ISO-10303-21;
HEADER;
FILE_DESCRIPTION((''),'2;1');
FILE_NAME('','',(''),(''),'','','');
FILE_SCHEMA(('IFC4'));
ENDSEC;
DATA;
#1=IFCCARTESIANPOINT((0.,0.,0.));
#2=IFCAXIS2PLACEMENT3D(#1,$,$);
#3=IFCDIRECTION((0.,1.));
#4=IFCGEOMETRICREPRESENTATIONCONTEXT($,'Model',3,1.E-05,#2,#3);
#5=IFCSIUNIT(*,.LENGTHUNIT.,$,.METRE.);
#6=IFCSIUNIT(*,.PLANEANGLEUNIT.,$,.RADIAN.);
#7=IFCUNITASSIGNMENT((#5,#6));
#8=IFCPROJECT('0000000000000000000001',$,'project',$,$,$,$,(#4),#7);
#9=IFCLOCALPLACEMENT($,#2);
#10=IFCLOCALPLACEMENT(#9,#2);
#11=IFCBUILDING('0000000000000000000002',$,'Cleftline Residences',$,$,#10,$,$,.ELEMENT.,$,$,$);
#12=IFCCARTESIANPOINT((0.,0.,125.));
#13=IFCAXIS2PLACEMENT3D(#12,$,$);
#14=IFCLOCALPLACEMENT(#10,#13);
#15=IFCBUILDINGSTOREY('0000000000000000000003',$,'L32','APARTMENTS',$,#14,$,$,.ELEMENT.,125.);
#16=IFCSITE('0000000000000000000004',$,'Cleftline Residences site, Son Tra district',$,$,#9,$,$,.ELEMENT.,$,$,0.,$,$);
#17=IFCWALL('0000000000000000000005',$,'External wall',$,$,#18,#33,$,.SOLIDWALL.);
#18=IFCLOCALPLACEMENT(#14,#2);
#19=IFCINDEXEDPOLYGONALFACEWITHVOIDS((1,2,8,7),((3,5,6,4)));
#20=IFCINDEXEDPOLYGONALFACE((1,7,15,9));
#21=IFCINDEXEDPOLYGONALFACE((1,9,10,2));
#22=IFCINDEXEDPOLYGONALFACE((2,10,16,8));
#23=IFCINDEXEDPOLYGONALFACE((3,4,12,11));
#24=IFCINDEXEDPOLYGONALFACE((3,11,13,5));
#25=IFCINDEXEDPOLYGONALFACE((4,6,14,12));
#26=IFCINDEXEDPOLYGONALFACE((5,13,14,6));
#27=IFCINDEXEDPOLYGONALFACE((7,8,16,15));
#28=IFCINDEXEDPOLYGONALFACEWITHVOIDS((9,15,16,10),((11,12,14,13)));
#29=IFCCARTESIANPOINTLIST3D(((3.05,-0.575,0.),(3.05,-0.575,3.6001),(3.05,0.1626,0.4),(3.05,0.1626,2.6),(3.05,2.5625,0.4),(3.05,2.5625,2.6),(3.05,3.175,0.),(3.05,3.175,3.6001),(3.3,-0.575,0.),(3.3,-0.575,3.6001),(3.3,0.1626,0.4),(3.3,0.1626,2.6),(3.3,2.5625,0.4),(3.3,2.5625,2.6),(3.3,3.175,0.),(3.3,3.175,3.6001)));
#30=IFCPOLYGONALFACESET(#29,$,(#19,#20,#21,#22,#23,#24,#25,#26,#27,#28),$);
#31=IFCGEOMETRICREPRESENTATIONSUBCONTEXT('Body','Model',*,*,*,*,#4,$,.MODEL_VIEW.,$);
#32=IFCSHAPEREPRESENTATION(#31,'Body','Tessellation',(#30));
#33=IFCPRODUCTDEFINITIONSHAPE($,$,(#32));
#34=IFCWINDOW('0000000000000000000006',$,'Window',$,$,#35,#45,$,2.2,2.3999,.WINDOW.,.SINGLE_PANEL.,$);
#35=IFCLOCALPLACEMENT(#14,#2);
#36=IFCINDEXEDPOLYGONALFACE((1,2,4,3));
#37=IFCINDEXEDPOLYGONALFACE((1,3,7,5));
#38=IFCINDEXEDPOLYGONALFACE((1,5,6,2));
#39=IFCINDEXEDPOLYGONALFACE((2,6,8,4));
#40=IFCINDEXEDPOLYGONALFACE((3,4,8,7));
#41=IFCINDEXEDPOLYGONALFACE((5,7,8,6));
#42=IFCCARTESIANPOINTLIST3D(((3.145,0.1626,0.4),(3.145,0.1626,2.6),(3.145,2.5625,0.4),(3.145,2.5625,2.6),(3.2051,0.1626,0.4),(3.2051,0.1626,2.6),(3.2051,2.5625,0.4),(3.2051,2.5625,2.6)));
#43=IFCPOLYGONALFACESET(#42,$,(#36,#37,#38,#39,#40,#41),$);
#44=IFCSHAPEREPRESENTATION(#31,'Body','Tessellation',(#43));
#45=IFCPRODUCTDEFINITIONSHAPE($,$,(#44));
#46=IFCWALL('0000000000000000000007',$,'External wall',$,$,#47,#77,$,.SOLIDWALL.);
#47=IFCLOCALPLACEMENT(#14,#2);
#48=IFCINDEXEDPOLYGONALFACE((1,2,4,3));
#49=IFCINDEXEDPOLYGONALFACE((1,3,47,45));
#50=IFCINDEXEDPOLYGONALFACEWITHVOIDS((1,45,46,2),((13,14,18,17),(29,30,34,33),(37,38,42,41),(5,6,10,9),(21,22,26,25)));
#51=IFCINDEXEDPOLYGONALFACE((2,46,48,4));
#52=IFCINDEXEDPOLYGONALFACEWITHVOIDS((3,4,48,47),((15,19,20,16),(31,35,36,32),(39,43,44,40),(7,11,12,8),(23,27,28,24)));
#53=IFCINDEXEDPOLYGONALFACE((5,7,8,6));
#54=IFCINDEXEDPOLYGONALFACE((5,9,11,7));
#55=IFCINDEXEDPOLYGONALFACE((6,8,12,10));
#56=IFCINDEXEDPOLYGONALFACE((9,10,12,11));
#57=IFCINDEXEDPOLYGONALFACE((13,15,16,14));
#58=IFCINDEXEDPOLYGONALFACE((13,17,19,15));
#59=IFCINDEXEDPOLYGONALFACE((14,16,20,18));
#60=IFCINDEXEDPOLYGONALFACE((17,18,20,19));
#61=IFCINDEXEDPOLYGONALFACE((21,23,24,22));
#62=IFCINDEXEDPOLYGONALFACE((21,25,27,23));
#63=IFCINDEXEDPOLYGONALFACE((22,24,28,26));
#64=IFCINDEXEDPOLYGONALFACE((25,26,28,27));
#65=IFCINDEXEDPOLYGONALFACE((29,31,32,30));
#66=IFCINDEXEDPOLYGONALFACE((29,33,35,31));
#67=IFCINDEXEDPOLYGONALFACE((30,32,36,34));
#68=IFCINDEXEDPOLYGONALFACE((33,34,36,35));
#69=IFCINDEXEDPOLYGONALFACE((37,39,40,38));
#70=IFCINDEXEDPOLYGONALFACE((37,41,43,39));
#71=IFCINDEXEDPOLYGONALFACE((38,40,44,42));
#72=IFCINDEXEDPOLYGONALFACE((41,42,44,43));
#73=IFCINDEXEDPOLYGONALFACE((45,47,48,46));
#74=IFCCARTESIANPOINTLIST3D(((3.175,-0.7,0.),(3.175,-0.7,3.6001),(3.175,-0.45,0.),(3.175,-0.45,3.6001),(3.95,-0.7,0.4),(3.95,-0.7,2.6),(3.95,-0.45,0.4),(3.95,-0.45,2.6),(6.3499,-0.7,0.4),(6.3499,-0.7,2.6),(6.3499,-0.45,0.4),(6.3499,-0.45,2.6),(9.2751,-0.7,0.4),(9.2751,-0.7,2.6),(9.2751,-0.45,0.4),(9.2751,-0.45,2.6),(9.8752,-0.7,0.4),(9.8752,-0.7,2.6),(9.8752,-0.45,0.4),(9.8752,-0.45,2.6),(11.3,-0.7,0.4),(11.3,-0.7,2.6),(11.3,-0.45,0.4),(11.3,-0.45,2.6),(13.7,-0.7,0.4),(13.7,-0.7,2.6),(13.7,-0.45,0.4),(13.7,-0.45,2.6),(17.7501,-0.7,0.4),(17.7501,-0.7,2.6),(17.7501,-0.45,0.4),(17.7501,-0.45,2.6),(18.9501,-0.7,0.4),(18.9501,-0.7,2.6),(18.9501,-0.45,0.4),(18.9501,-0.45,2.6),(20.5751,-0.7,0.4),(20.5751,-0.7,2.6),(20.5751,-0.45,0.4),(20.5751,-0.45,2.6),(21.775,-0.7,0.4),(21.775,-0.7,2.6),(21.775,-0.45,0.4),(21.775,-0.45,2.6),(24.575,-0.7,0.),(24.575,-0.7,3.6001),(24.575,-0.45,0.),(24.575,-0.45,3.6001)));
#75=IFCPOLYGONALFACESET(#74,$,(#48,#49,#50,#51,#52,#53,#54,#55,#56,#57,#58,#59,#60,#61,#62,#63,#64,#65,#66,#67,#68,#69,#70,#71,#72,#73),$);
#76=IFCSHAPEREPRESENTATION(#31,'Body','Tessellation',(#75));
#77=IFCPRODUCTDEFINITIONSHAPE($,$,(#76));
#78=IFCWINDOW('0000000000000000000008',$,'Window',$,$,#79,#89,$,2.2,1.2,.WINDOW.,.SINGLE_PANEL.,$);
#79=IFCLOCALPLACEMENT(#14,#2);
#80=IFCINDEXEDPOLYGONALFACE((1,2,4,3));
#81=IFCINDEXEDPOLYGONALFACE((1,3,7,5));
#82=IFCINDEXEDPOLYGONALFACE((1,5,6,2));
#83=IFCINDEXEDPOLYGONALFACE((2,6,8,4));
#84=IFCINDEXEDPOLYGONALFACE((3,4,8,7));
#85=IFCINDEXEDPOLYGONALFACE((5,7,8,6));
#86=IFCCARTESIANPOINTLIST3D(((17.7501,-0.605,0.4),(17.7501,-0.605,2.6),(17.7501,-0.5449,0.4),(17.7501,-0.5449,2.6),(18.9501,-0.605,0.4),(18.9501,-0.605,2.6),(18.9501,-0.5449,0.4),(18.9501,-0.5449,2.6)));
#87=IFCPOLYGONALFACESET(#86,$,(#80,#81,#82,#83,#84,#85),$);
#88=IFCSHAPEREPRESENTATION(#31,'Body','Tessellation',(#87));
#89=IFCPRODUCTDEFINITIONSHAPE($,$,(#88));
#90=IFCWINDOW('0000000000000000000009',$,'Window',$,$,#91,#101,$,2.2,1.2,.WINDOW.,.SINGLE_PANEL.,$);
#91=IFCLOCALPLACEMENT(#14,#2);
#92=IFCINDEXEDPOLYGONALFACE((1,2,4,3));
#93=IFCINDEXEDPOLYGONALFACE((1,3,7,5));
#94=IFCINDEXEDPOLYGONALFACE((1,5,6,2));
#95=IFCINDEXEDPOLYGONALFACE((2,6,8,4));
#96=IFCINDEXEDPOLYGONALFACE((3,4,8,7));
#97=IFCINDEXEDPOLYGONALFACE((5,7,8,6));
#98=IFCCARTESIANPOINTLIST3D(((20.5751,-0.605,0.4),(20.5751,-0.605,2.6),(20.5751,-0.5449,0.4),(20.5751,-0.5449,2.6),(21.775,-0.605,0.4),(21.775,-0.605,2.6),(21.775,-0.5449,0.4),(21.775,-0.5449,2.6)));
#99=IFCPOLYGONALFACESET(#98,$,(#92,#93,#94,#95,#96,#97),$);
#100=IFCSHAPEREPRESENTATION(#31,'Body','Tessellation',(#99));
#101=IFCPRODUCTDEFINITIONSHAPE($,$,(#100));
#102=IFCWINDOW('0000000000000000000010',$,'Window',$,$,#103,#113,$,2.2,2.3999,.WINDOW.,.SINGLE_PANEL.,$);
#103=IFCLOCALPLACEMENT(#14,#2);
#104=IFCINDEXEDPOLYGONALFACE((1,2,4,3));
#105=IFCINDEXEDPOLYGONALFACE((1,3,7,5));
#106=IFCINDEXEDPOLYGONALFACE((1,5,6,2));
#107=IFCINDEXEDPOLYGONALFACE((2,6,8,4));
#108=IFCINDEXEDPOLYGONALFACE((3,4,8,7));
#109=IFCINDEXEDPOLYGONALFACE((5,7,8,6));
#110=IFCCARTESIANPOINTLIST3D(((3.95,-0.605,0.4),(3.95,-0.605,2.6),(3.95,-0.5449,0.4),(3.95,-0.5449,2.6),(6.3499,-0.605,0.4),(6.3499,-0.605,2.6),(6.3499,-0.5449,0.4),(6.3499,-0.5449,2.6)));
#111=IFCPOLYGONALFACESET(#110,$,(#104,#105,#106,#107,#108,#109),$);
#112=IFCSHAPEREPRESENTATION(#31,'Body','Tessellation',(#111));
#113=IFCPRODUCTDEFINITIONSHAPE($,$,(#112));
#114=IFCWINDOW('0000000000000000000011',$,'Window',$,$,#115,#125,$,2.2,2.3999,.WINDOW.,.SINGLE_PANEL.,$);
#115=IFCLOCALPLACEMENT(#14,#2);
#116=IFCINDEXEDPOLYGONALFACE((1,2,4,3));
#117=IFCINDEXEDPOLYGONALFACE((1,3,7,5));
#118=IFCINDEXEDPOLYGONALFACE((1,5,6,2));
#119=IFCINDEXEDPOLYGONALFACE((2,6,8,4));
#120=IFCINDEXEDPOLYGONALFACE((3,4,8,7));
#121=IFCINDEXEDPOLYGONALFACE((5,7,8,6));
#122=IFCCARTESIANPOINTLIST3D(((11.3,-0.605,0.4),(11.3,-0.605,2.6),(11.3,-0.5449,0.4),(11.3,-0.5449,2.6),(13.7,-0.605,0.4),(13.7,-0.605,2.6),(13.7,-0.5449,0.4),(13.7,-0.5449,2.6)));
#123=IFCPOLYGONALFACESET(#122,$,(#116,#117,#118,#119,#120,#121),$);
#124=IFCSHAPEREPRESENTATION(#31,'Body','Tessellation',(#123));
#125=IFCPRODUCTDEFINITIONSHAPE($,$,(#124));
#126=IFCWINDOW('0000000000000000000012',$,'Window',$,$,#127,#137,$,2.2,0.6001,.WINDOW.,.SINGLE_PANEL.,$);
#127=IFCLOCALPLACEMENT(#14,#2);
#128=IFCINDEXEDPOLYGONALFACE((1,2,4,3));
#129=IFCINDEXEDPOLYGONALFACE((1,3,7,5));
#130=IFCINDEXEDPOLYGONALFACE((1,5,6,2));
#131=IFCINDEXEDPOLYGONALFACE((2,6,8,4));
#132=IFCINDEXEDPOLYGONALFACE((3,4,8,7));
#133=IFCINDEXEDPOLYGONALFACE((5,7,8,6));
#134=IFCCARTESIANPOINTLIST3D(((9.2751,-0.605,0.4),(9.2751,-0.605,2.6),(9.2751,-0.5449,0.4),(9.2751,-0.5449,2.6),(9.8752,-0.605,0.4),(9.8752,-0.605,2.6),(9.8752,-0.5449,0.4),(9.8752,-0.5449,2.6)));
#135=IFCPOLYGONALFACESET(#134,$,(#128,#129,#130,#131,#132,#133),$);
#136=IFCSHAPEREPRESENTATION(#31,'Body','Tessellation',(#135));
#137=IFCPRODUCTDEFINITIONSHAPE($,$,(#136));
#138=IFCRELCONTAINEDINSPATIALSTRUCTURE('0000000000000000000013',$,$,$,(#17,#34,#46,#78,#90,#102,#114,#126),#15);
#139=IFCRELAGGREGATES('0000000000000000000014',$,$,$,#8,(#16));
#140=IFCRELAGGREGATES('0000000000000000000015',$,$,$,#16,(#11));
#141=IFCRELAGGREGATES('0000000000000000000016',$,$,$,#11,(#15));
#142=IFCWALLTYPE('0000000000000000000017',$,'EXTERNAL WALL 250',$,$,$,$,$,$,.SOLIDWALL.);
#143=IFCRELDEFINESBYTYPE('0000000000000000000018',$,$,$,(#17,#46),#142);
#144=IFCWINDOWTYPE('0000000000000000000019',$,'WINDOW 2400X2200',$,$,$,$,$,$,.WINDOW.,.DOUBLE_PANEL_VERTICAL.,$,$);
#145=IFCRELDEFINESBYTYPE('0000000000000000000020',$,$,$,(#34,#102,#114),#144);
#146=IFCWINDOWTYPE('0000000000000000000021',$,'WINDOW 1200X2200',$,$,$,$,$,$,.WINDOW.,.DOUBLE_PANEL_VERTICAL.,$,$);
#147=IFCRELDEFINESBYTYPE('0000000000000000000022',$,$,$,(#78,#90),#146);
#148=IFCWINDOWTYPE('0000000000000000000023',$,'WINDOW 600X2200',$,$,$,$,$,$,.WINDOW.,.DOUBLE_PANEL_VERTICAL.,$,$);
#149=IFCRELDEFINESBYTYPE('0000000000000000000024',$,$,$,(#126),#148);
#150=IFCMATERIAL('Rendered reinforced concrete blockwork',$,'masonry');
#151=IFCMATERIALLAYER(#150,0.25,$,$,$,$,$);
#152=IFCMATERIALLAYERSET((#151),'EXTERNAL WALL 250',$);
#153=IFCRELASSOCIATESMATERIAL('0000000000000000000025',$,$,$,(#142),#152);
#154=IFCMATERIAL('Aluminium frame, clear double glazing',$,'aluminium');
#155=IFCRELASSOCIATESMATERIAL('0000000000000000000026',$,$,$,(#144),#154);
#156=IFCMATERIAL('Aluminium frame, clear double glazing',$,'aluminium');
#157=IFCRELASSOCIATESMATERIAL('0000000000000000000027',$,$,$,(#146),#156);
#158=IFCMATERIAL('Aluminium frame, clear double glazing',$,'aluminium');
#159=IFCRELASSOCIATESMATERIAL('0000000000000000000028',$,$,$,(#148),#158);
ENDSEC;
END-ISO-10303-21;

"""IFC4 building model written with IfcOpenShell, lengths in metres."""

from ifc_helpers import new_model, si_unit, direction, frame, frame_2d, origin, place, context, subcontext, project, spatial, rectangle, extrude, material, layer, layer_set, type_object, element, fill, save


model = new_model("IFC4")

# Units and contexts
model_context = context("Model", 3, precision=1e-05, world=origin(), true_north=direction((0.0, 1.0)))
body_context = subcontext(model_context, "Body", "Model", "MODEL_VIEW")
ifc_project = project(units=[si_unit("LENGTHUNIT", "METRE"), si_unit("PLANEANGLEUNIT", "RADIAN")], contexts=[model_context])

# Site, building, storey
site_placement = place(None, origin())
site = spatial("IfcSite", under=ifc_project, at=site_placement, Name="Cleftline Residences site, Son Tra district", CompositionType="ELEMENT", RefElevation=0.0)
building_placement = place(site_placement, origin())
building = spatial("IfcBuilding", under=site, at=building_placement, Name="Cleftline Residences", CompositionType="ELEMENT")
storey_placement = place(building_placement, frame((0.0, 0.0, 125.0)))
storey = spatial("IfcBuildingStorey", under=building, at=storey_placement, Name="L32", Description="APARTMENTS", CompositionType="ELEMENT", Elevation=125.0)

# Wall, opening, window
ifc_material_1 = material(Name="Rendered reinforced concrete blockwork", Category="masonry")
ifc_layer_1 = layer(ifc_material_1, 0.25)
ifc_layer_set_1 = layer_set([ifc_layer_1], Name="EXTERNAL WALL 250")
wall_type_1 = type_object("IfcWallType", Name="EXTERNAL WALL 250", PredefinedType="SOLIDWALL", material=ifc_layer_set_1)
wall_1_placement = place(storey_placement, frame((3.175, 3.175, 0.0), z_axis=(0.0, 0.0, 1.0), x_axis=(0.0, -1.0, 0.0)))
wall_1 = element("IfcWall", 1, at=wall_1_placement, inside=storey, type_object=wall_type_1, Name="External wall", PredefinedType="SOLIDWALL", context=body_context, shape_type="SweptSolid", body=[
    extrude(rectangle(XDim=3.75, YDim=0.25, at=frame_2d((1.875, 0.0))), origin(), (0.0, 0.0, 1.0), 3.6001),
])
opening_1_placement = place(wall_1_placement, frame((0.6125, 0.0, 0.3999)))
opening_1 = element("IfcOpeningElement", 2, at=opening_1_placement, cuts=wall_1, PredefinedType="OPENING", context=body_context, shape_type="SweptSolid", body=[
    extrude(rectangle(XDim=2.3999, YDim=2.2, at=frame_2d((1.2, 1.1001))), frame((0.0, 0.135, 0.0), z_axis=(0.0, -1.0, 0.0), x_axis=(1.0, 0.0, 0.0)), (0.0, 0.0, 1.0), 0.27),
])
ifc_material_2 = material(Name="Aluminium frame, clear double glazing", Category="aluminium")
window_type_1 = type_object("IfcWindowType", Name="WINDOW 2400X2200", PartitioningType="DOUBLE_PANEL_VERTICAL", PredefinedType="WINDOW", material=ifc_material_2)
window_1_placement = place(opening_1_placement, origin())
window_1 = element("IfcWindow", 3, at=window_1_placement, inside=storey, type_object=window_type_1, Name="Window", OverallHeight=2.2, OverallWidth=2.3999, PartitioningType="SINGLE_PANEL", PredefinedType="WINDOW", context=body_context, shape_type="SweptSolid", body=[
    extrude(rectangle(XDim=2.3999, YDim=2.2, at=frame_2d((1.2, 1.1001))), frame((0.0, 0.03, 0.0), z_axis=(0.0, -1.0, 0.0), x_axis=(1.0, 0.0, 0.0)), (0.0, 0.0, 1.0), 0.0601),
])
fill(opening_1, window_1)

# Wall, openings, windows
wall_2_placement = place(storey_placement, frame((3.175, -0.575, 0.0), z_axis=(0.0, 0.0, 1.0), x_axis=(1.0, 0.0, 0.0)))
wall_2 = element("IfcWall", 4, at=wall_2_placement, inside=storey, type_object=wall_type_1, Name="External wall", PredefinedType="SOLIDWALL", context=body_context, shape_type="SweptSolid", body=[
    extrude(rectangle(XDim=21.3999, YDim=0.25, at=frame_2d((10.7, 0.0))), origin(), (0.0, 0.0, 1.0), 3.6001),
])
opening_2_placement = place(wall_2_placement, frame((0.7749, 0.0, 0.3999)))
opening_2 = element("IfcOpeningElement", 5, at=opening_2_placement, cuts=wall_2, PredefinedType="OPENING", context=body_context, shape_type="SweptSolid", body=[
    extrude(rectangle(XDim=2.3999, YDim=2.2, at=frame_2d((1.2, 1.1001))), frame((0.0, 0.135, 0.0), z_axis=(0.0, -1.0, 0.0), x_axis=(1.0, 0.0, 0.0)), (0.0, 0.0, 1.0), 0.27),
])
opening_3_placement = place(wall_2_placement, frame((6.1001, 0.0, 0.3999)))
opening_3 = element("IfcOpeningElement", 6, at=opening_3_placement, cuts=wall_2, PredefinedType="OPENING", context=body_context, shape_type="SweptSolid", body=[
    extrude(rectangle(XDim=0.6001, YDim=2.2, at=frame_2d((0.3, 1.1001))), frame((0.0, 0.135, 0.0), z_axis=(0.0, -1.0, 0.0), x_axis=(1.0, 0.0, 0.0)), (0.0, 0.0, 1.0), 0.27),
])
opening_4_placement = place(wall_2_placement, frame((8.125, 0.0, 0.3999)))
opening_4 = element("IfcOpeningElement", 7, at=opening_4_placement, cuts=wall_2, PredefinedType="OPENING", context=body_context, shape_type="SweptSolid", body=[
    extrude(rectangle(XDim=2.3999, YDim=2.2, at=frame_2d((1.2, 1.1001))), frame((0.0, 0.135, 0.0), z_axis=(0.0, -1.0, 0.0), x_axis=(1.0, 0.0, 0.0)), (0.0, 0.0, 1.0), 0.27),
])
opening_5_placement = place(wall_2_placement, frame((14.575, 0.0, 0.3999)))
opening_5 = element("IfcOpeningElement", 8, at=opening_5_placement, cuts=wall_2, PredefinedType="OPENING", context=body_context, shape_type="SweptSolid", body=[
    extrude(rectangle(XDim=1.2, YDim=2.2, at=frame_2d((0.6001, 1.1001))), frame((0.0, 0.135, 0.0), z_axis=(0.0, -1.0, 0.0), x_axis=(1.0, 0.0, 0.0)), (0.0, 0.0, 1.0), 0.27),
])
opening_6_placement = place(wall_2_placement, frame((17.3999, 0.0, 0.3999)))
opening_6 = element("IfcOpeningElement", 9, at=opening_6_placement, cuts=wall_2, PredefinedType="OPENING", context=body_context, shape_type="SweptSolid", body=[
    extrude(rectangle(XDim=1.2, YDim=2.2, at=frame_2d((0.6001, 1.1001))), frame((0.0, 0.135, 0.0), z_axis=(0.0, -1.0, 0.0), x_axis=(1.0, 0.0, 0.0)), (0.0, 0.0, 1.0), 0.27),
])
ifc_material_3 = material(Name="Aluminium frame, clear double glazing", Category="aluminium")
window_type_2 = type_object("IfcWindowType", Name="WINDOW 1200X2200", PartitioningType="DOUBLE_PANEL_VERTICAL", PredefinedType="WINDOW", material=ifc_material_3)
window_2_placement = place(opening_5_placement, origin())
window_2 = element("IfcWindow", 10, at=window_2_placement, inside=storey, type_object=window_type_2, Name="Window", OverallHeight=2.2, OverallWidth=1.2, PartitioningType="SINGLE_PANEL", PredefinedType="WINDOW", context=body_context, shape_type="SweptSolid", body=[
    extrude(rectangle(XDim=1.2, YDim=2.2, at=frame_2d((0.6001, 1.1001))), frame((0.0, 0.03, 0.0), z_axis=(0.0, -1.0, 0.0), x_axis=(1.0, 0.0, 0.0)), (0.0, 0.0, 1.0), 0.0601),
])
fill(opening_5, window_2)
window_3_placement = place(opening_6_placement, origin())
window_3 = element("IfcWindow", 11, at=window_3_placement, inside=storey, type_object=window_type_2, Name="Window", OverallHeight=2.2, OverallWidth=1.2, PartitioningType="SINGLE_PANEL", PredefinedType="WINDOW", context=body_context, shape_type="SweptSolid", body=[
    extrude(rectangle(XDim=1.2, YDim=2.2, at=frame_2d((0.6001, 1.1001))), frame((0.0, 0.03, 0.0), z_axis=(0.0, -1.0, 0.0), x_axis=(1.0, 0.0, 0.0)), (0.0, 0.0, 1.0), 0.0601),
])
fill(opening_6, window_3)
window_4_placement = place(opening_2_placement, origin())
window_4 = element("IfcWindow", 12, at=window_4_placement, inside=storey, type_object=window_type_1, Name="Window", OverallHeight=2.2, OverallWidth=2.3999, PartitioningType="SINGLE_PANEL", PredefinedType="WINDOW", context=body_context, shape_type="SweptSolid", body=[
    extrude(rectangle(XDim=2.3999, YDim=2.2, at=frame_2d((1.2, 1.1001))), frame((0.0, 0.03, 0.0), z_axis=(0.0, -1.0, 0.0), x_axis=(1.0, 0.0, 0.0)), (0.0, 0.0, 1.0), 0.0601),
])
fill(opening_2, window_4)
window_5_placement = place(opening_4_placement, origin())
window_5 = element("IfcWindow", 13, at=window_5_placement, inside=storey, type_object=window_type_1, Name="Window", OverallHeight=2.2, OverallWidth=2.3999, PartitioningType="SINGLE_PANEL", PredefinedType="WINDOW", context=body_context, shape_type="SweptSolid", body=[
    extrude(rectangle(XDim=2.3999, YDim=2.2, at=frame_2d((1.2, 1.1001))), frame((0.0, 0.03, 0.0), z_axis=(0.0, -1.0, 0.0), x_axis=(1.0, 0.0, 0.0)), (0.0, 0.0, 1.0), 0.0601),
])
fill(opening_4, window_5)
ifc_material_4 = material(Name="Aluminium frame, clear double glazing", Category="aluminium")
window_type_3 = type_object("IfcWindowType", Name="WINDOW 600X2200", PartitioningType="DOUBLE_PANEL_VERTICAL", PredefinedType="WINDOW", material=ifc_material_4)
window_6_placement = place(opening_3_placement, origin())
window_6 = element("IfcWindow", 14, at=window_6_placement, inside=storey, type_object=window_type_3, Name="Window", OverallHeight=2.2, OverallWidth=0.6001, PartitioningType="SINGLE_PANEL", PredefinedType="WINDOW", context=body_context, shape_type="SweptSolid", body=[
    extrude(rectangle(XDim=0.6001, YDim=2.2, at=frame_2d((0.3, 1.1001))), frame((0.0, 0.03, 0.0), z_axis=(0.0, -1.0, 0.0), x_axis=(1.0, 0.0, 0.0)), (0.0, 0.0, 1.0), 0.0601),
])
fill(opening_3, window_6)

save(model, "model.ifc")
